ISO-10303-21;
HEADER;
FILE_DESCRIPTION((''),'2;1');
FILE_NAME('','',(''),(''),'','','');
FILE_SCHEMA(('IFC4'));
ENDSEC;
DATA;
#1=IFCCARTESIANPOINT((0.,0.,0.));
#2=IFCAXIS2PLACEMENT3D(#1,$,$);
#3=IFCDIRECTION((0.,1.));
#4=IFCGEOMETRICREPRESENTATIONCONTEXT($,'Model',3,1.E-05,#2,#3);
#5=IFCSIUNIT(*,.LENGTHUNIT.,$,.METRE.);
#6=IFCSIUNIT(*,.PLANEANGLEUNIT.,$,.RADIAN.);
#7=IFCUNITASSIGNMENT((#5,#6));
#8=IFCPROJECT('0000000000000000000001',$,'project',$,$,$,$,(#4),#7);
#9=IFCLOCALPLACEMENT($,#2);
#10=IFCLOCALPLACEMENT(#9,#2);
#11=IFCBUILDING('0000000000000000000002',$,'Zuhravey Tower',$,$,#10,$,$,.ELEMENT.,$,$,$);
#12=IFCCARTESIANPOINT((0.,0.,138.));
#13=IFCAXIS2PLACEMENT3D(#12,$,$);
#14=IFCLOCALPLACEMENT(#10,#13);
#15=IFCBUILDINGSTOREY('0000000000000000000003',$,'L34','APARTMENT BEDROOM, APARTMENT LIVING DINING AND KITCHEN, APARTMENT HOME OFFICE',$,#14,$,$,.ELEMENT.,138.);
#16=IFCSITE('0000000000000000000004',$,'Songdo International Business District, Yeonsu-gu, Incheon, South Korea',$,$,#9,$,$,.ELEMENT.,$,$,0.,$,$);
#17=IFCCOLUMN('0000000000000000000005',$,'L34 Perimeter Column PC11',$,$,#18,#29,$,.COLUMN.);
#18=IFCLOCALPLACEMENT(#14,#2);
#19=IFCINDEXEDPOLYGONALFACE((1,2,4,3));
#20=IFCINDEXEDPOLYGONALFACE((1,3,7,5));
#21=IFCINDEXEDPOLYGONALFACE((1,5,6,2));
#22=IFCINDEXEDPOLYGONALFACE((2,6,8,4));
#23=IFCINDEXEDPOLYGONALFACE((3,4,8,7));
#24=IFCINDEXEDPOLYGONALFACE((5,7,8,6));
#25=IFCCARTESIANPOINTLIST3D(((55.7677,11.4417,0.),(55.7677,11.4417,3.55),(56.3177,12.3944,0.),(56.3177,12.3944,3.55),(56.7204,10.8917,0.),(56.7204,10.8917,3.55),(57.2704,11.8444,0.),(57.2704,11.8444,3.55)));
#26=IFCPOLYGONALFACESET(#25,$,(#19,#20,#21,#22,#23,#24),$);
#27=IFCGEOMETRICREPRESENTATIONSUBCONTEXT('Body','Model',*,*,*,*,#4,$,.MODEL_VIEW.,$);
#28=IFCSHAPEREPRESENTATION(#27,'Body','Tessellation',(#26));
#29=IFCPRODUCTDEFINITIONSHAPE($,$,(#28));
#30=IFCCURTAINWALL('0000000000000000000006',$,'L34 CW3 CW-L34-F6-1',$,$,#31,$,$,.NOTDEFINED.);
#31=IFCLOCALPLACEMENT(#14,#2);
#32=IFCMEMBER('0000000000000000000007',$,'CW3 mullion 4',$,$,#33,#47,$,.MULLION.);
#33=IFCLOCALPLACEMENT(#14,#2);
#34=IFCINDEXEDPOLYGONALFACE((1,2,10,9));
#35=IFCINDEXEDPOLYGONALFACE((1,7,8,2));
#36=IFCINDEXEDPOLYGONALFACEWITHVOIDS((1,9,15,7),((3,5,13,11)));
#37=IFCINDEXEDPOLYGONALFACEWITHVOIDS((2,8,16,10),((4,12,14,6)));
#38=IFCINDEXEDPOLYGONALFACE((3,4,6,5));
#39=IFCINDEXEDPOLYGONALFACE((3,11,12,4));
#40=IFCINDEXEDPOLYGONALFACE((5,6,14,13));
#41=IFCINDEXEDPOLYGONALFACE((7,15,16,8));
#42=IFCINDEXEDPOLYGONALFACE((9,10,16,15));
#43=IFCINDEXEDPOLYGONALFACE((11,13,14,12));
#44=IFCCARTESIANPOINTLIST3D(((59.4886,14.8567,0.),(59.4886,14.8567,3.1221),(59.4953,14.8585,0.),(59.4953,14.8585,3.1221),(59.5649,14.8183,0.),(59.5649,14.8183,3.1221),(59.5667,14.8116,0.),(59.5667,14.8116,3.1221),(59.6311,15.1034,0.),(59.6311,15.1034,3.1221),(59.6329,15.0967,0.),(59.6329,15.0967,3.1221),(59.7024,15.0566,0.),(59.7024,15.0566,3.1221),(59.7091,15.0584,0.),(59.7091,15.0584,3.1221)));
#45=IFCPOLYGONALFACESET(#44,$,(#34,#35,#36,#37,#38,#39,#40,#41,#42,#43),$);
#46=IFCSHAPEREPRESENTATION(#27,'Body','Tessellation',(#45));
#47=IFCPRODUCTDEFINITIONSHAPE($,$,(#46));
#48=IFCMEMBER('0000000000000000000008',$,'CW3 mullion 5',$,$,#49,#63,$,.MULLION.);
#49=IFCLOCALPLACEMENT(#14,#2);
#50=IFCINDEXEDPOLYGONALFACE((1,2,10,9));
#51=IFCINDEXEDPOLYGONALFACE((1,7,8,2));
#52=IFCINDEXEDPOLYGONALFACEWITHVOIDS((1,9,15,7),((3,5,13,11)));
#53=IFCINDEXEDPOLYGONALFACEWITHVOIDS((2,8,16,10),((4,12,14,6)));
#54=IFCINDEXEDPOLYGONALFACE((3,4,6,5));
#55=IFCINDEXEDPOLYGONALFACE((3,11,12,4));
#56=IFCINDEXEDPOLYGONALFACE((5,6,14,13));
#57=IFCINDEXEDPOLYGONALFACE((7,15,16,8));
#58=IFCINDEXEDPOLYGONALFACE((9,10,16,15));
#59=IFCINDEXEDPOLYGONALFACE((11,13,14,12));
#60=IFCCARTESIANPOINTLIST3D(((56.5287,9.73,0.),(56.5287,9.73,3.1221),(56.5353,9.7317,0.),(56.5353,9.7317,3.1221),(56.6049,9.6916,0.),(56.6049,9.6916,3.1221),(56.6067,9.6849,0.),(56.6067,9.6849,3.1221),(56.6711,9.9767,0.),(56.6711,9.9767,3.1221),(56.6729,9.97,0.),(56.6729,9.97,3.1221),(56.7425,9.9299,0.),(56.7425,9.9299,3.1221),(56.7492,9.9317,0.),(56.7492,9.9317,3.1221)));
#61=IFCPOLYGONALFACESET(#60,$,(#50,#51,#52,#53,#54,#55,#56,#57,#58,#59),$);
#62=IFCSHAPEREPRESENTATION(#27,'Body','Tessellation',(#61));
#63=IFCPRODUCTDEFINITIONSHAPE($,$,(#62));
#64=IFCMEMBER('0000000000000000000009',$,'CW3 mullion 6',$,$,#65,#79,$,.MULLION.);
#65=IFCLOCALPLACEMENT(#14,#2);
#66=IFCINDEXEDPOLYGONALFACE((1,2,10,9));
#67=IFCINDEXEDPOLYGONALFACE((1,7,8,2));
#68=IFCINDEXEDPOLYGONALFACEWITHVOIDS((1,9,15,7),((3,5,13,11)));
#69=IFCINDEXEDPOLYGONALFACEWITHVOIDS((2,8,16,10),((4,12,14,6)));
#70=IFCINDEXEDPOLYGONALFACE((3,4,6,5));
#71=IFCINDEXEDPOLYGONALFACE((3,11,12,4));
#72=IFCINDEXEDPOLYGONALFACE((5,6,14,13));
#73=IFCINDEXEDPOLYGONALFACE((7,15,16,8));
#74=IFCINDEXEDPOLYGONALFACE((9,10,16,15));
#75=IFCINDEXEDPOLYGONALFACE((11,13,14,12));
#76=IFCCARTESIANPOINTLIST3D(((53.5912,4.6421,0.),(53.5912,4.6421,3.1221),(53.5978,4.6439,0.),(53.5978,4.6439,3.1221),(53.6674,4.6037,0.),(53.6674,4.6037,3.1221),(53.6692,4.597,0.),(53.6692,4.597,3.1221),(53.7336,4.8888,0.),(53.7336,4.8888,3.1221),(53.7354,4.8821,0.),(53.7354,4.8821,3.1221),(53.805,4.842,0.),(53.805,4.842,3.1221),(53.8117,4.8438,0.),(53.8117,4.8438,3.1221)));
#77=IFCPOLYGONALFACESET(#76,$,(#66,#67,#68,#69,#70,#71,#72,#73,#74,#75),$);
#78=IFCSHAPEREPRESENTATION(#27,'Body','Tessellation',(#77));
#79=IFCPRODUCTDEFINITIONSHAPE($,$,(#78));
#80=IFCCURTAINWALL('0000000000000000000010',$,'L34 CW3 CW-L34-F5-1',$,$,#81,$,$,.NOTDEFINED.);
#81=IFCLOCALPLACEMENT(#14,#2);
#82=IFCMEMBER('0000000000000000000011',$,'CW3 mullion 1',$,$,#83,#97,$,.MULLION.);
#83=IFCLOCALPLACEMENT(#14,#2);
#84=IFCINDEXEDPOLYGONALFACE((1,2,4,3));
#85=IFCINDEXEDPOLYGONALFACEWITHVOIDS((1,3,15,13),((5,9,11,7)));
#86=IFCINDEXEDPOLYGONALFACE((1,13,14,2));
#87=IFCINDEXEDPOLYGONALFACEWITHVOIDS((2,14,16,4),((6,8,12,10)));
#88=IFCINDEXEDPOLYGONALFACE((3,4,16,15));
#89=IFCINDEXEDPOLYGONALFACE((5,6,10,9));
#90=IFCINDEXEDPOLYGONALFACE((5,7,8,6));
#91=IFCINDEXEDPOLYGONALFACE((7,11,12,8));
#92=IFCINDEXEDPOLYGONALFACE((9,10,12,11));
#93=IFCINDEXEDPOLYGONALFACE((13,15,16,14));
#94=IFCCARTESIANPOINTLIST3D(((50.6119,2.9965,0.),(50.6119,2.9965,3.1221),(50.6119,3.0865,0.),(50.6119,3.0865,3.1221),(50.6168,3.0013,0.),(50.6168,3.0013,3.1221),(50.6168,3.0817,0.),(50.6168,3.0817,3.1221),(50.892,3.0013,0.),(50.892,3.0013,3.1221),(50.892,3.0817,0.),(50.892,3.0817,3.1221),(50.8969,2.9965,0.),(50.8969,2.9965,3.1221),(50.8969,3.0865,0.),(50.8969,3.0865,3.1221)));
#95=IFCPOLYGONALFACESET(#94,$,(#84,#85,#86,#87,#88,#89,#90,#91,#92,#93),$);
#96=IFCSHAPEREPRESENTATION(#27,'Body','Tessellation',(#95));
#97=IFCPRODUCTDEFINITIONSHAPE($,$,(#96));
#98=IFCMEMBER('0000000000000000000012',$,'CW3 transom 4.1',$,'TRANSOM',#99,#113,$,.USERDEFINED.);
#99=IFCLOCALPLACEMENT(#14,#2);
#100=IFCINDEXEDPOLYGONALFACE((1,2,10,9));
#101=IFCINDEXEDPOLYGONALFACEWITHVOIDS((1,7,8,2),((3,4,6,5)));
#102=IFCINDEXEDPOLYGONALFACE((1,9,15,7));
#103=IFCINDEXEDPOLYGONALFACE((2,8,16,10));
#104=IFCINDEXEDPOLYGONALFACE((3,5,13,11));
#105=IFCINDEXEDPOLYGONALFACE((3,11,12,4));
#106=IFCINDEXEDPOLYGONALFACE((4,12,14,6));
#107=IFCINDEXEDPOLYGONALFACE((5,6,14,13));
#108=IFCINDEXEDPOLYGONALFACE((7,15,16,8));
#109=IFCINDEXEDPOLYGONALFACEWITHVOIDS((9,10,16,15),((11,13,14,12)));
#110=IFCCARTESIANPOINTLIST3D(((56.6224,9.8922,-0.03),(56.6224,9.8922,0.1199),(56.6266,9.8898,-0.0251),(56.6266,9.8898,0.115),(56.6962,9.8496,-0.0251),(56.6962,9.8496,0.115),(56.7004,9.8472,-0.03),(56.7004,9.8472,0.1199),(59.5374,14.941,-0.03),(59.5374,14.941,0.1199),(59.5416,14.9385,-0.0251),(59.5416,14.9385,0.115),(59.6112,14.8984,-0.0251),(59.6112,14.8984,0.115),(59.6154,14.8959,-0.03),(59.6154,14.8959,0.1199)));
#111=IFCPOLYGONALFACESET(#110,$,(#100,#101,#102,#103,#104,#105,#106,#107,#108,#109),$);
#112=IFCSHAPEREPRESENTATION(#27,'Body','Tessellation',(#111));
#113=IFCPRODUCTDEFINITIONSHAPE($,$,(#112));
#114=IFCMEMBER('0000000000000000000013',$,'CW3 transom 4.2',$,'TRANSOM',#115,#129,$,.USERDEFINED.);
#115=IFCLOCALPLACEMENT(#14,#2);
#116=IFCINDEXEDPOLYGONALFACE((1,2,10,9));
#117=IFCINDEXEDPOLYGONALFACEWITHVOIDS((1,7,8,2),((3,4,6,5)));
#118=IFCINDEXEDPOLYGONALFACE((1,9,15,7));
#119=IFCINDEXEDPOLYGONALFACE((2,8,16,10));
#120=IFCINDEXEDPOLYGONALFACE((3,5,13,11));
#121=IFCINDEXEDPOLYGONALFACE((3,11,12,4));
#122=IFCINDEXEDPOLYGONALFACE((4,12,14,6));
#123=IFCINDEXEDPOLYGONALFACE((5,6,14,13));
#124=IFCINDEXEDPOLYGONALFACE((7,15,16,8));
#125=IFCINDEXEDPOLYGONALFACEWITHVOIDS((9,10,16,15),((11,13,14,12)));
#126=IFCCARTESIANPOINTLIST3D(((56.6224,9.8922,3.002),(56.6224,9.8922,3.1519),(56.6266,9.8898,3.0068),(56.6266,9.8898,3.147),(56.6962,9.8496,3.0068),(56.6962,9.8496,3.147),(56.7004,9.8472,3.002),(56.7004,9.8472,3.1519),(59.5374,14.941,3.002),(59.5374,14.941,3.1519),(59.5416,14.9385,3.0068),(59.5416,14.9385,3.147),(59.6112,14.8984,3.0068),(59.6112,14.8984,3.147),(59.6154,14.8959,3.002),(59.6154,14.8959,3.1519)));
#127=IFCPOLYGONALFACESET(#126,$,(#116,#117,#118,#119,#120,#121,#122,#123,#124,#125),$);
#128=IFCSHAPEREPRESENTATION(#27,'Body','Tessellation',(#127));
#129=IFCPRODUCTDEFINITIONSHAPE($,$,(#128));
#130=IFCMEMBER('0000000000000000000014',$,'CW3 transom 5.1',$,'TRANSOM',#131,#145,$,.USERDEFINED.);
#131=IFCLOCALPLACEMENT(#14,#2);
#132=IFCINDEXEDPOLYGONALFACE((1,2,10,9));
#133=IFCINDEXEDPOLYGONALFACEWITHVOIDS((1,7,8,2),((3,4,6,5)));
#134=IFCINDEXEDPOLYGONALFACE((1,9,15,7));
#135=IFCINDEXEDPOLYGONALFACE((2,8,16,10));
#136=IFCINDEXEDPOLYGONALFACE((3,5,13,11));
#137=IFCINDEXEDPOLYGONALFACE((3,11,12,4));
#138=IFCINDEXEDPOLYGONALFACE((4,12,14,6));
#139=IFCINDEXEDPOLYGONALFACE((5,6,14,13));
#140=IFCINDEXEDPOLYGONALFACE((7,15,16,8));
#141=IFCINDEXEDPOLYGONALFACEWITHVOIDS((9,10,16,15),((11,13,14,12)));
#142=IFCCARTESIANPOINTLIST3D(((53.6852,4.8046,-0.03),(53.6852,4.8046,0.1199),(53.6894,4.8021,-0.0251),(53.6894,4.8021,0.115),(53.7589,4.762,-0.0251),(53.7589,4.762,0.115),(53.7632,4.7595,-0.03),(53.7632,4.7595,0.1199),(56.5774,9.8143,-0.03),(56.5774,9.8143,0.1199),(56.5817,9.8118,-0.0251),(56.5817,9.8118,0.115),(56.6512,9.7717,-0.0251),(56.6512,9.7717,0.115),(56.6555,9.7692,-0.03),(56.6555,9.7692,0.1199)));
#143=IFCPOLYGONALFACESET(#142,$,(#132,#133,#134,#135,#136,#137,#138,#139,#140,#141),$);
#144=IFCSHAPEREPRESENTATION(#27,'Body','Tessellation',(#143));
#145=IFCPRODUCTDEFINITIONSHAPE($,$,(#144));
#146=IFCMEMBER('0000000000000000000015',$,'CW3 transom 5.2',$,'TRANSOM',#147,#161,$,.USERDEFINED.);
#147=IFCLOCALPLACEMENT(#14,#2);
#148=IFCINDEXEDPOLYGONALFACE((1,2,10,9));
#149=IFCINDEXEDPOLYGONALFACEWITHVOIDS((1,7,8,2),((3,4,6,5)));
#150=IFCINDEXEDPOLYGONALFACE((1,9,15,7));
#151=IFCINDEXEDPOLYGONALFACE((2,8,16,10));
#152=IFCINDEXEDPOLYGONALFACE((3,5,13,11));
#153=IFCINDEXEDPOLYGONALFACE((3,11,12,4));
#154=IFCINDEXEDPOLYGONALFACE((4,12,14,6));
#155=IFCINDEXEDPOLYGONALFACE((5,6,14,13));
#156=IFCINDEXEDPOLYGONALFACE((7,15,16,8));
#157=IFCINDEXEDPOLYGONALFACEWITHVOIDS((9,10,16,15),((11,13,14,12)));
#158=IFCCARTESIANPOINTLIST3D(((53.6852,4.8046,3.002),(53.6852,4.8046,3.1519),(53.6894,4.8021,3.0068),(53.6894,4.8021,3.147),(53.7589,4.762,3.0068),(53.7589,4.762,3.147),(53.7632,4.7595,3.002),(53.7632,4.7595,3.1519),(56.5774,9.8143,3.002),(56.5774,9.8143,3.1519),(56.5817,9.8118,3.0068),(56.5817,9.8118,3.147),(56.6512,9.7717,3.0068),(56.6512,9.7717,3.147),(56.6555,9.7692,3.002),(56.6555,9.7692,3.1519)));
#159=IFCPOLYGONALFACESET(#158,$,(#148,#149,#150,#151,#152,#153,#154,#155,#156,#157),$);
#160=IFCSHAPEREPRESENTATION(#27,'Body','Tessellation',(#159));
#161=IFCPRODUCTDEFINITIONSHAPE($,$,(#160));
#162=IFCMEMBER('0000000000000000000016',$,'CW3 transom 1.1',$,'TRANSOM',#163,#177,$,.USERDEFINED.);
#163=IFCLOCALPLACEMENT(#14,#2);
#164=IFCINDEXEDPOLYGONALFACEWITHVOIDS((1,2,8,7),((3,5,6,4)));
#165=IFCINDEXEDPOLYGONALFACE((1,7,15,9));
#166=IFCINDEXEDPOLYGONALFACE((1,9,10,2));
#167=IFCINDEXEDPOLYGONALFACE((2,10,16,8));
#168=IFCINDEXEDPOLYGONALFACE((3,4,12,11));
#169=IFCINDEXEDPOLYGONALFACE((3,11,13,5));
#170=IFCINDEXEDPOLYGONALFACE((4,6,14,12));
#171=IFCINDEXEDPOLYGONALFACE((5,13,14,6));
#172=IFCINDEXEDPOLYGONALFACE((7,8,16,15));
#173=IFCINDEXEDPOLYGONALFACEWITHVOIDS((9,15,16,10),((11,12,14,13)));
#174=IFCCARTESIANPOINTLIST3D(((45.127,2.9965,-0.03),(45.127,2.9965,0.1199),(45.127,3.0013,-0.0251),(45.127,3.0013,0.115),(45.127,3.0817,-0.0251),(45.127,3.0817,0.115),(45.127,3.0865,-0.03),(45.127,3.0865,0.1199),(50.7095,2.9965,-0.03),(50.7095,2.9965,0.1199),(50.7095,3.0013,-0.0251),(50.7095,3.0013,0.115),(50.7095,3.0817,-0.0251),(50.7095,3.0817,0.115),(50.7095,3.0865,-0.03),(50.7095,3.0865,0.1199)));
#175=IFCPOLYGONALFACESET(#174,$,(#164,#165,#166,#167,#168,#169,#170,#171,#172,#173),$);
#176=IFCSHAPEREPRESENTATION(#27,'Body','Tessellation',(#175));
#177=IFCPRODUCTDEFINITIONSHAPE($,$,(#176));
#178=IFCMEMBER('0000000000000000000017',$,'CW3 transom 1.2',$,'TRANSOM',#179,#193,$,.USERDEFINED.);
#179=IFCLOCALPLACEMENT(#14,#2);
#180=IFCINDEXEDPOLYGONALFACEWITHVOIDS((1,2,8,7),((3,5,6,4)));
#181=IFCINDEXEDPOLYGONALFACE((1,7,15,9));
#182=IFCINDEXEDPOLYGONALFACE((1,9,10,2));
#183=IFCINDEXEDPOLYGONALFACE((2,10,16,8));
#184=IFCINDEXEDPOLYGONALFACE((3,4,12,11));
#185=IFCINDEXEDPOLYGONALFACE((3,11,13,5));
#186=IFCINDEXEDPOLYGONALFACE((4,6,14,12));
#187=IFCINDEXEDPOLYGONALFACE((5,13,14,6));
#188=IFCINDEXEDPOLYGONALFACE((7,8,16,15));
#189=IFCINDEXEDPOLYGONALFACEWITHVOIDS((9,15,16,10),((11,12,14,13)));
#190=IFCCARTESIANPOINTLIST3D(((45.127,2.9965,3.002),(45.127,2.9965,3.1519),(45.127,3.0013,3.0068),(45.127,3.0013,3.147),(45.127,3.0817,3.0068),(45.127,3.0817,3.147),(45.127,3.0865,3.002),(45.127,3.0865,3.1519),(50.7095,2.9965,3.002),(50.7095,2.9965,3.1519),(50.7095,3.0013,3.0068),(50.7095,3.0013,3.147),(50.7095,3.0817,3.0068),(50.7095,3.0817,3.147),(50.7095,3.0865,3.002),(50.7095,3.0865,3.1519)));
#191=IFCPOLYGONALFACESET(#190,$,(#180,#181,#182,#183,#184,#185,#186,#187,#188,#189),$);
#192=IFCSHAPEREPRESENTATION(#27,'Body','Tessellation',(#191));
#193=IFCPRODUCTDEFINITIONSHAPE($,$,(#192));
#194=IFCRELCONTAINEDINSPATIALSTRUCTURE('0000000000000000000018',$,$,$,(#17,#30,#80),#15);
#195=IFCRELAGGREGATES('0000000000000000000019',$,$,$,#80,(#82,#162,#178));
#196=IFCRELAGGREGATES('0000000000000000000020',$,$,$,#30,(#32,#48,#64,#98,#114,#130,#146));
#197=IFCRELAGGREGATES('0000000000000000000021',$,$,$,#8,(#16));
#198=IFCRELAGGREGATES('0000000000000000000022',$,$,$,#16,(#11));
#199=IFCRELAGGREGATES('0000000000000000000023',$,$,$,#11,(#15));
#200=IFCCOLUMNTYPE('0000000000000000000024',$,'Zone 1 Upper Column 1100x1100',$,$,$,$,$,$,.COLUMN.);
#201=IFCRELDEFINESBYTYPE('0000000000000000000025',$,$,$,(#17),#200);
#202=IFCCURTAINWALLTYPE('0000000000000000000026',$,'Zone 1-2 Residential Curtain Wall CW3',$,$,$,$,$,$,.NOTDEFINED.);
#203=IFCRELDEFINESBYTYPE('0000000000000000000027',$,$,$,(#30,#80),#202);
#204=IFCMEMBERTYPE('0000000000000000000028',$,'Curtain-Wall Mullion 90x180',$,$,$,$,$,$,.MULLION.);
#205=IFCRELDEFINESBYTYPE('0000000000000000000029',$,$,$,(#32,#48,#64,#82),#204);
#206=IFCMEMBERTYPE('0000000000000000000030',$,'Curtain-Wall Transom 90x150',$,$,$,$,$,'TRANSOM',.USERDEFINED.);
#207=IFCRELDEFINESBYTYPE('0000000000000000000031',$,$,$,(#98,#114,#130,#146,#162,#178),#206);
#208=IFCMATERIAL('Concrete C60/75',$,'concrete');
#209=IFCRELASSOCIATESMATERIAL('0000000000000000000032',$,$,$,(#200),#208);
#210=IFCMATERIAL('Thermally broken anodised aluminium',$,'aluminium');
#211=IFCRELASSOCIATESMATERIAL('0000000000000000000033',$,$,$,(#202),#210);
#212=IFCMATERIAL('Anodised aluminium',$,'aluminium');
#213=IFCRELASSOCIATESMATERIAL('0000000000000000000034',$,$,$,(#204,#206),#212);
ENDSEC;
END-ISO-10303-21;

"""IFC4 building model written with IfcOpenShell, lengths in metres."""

from ifc_helpers import new_model, si_unit, direction, frame, origin, origin_2d, place, context, subcontext, project, spatial, rectangle, hollow_rectangle, extrude, material, material_profile, profile_set, type_object, element, aggregate, save


model = new_model("IFC4")

# Units and contexts
model_context = context("Model", 3, precision=1e-05, world=origin(), true_north=direction((0.0, 1.0)))
body_context = subcontext(model_context, "Body", "Model", "MODEL_VIEW")
ifc_project = project(units=[si_unit("LENGTHUNIT", "METRE"), si_unit("PLANEANGLEUNIT", "RADIAN")], contexts=[model_context])

# Site, building, storey
site_placement = place(None, origin())
site = spatial("IfcSite", under=ifc_project, at=site_placement, Name="Songdo International Business District, Yeonsu-gu, Incheon, South Korea", CompositionType="ELEMENT", RefElevation=0.0)
building_placement = place(site_placement, origin())
building = spatial("IfcBuilding", under=site, at=building_placement, Name="Zuhravey Tower", CompositionType="ELEMENT")
storey_placement = place(building_placement, frame((0.0, 0.0, 138.0)))
storey = spatial("IfcBuildingStorey", under=building, at=storey_placement, Name="L34", Description="APARTMENT BEDROOM, APARTMENT LIVING DINING AND KITCHEN, APARTMENT HOME OFFICE", CompositionType="ELEMENT", Elevation=138.0)

# Column
ifc_material_1 = material(Name="Concrete C60/75", Category="concrete")
ifc_material_profile_1 = material_profile(ifc_material_1, rectangle(XDim=1.1001, YDim=1.1001, at=origin_2d()), Name="RC-1100x1100")
ifc_profile_set_1 = profile_set([ifc_material_profile_1], Name="Concrete C60/75")
column_type = type_object("IfcColumnType", Name="Zone 1 Upper Column 1100x1100", PredefinedType="COLUMN", material=ifc_profile_set_1)
column_placement = place(storey_placement, frame((56.519, 11.6431, 0.0), z_axis=(0.0, 0.0, 1.0), x_axis=(0.5, 0.866025, 0.0)))
element("IfcColumn", 1, at=column_placement, inside=storey, type_object=column_type, Name="L34 Perimeter Column PC11", PredefinedType="COLUMN", context=body_context, shape_type="SweptSolid", body=[
    extrude(rectangle(XDim=1.1001, YDim=1.1001, at=origin_2d()), origin(), (0.0, 0.0, 1.0), 3.55),
])

# Curtain wall, members
ifc_material_2 = material(Name="Thermally broken anodised aluminium", Category="aluminium")
curtain_wall_type = type_object("IfcCurtainWallType", Name="Zone 1-2 Residential Curtain Wall CW3", PredefinedType="NOTDEFINED", material=ifc_material_2)
curtain_wall_1_placement = place(storey_placement, origin())
curtain_wall_1 = element("IfcCurtainWall", 2, at=curtain_wall_1_placement, inside=storey, type_object=curtain_wall_type, Name="L34 CW3 CW-L34-F6-1", PredefinedType="NOTDEFINED")
ifc_material_3 = material(Name="Anodised aluminium", Category="aluminium")
ifc_material_profile_2 = material_profile(ifc_material_3, hollow_rectangle(XDim=0.0901, YDim=0.2849, WallThickness=0.0049, at=origin_2d()), Name="ALU-RHS-90x285x5")
ifc_profile_set_2 = profile_set([ifc_material_profile_2], Name="Anodised aluminium")
member_type_1 = type_object("IfcMemberType", Name="Curtain-Wall Mullion 90x180", PredefinedType="MULLION", material=ifc_profile_set_2)
member_1_placement = place(storey_placement, frame((59.5989, 14.9575, 0.0), z_axis=(0.0, 0.0, 1.0), x_axis=(0.866026, -0.5, 0.0)))
member_1 = element("IfcMember", 3, at=member_1_placement, type_object=member_type_1, Name="CW3 mullion 4", PredefinedType="MULLION", context=body_context, shape_type="SweptSolid", body=[
    extrude(hollow_rectangle(XDim=0.0901, YDim=0.2849, WallThickness=0.0049, at=origin_2d()), origin(), (0.0, 0.0, 1.0), 3.1221),
])
member_2_placement = place(storey_placement, frame((56.6389, 9.8308, 0.0), z_axis=(0.0, 0.0, 1.0), x_axis=(0.866026, -0.5, 0.0)))
member_2 = element("IfcMember", 4, at=member_2_placement, type_object=member_type_1, Name="CW3 mullion 5", PredefinedType="MULLION", context=body_context, shape_type="SweptSolid", body=[
    extrude(hollow_rectangle(XDim=0.0901, YDim=0.2849, WallThickness=0.0049, at=origin_2d()), origin(), (0.0, 0.0, 1.0), 3.1221),
])
member_3_placement = place(storey_placement, frame((53.7014, 4.7429, 0.0), z_axis=(0.0, 0.0, 1.0), x_axis=(0.866026, -0.5, 0.0)))
member_3 = element("IfcMember", 5, at=member_3_placement, type_object=member_type_1, Name="CW3 mullion 6", PredefinedType="MULLION", context=body_context, shape_type="SweptSolid", body=[
    extrude(hollow_rectangle(XDim=0.0901, YDim=0.2849, WallThickness=0.0049, at=origin_2d()), origin(), (0.0, 0.0, 1.0), 3.1221),
])

# Curtain wall, member
curtain_wall_2_placement = place(storey_placement, origin())
curtain_wall_2 = element("IfcCurtainWall", 6, at=curtain_wall_2_placement, inside=storey, type_object=curtain_wall_type, Name="L34 CW3 CW-L34-F5-1", PredefinedType="NOTDEFINED")
member_4_placement = place(storey_placement, frame((50.7544, 3.0415, 0.0), z_axis=(0.0, 0.0, 1.0), x_axis=(0.0, -1.0, 0.0)))
member_4 = element("IfcMember", 7, at=member_4_placement, type_object=member_type_1, Name="CW3 mullion 1", PredefinedType="MULLION", context=body_context, shape_type="SweptSolid", body=[
    extrude(hollow_rectangle(XDim=0.0901, YDim=0.2849, WallThickness=0.0049, at=origin_2d()), origin(), (0.0, 0.0, 1.0), 3.1221),
])

# Members
ifc_material_profile_3 = material_profile(ifc_material_3, hollow_rectangle(XDim=0.0901, YDim=0.1499, WallThickness=0.0049, at=origin_2d()), Name="ALU-RHS-90x150x5")
ifc_profile_set_3 = profile_set([ifc_material_profile_3], Name="Anodised aluminium")
member_type_2 = type_object("IfcMemberType", Name="Curtain-Wall Transom 90x150", ElementType="TRANSOM", PredefinedType="USERDEFINED", material=ifc_profile_set_3)
member_5_placement = place(storey_placement, frame((59.5764, 14.9185, 0.0449), z_axis=(-0.500012, -0.866018, 0.0), x_axis=(0.866018, -0.500012, 0.0)))
member_5 = element("IfcMember", 8, at=member_5_placement, type_object=member_type_2, Name="CW3 transom 4.1", ObjectType="TRANSOM", PredefinedType="USERDEFINED", context=body_context, shape_type="SweptSolid", body=[
    extrude(hollow_rectangle(XDim=0.0901, YDim=0.1499, WallThickness=0.0049, at=origin_2d()), origin(), (0.0, 0.0, 1.0), 5.8298),
])
member_6_placement = place(storey_placement, frame((59.5764, 14.9185, 3.0769), z_axis=(-0.500012, -0.866018, 0.0), x_axis=(0.866018, -0.500012, 0.0)))
member_6 = element("IfcMember", 9, at=member_6_placement, type_object=member_type_2, Name="CW3 transom 4.2", ObjectType="TRANSOM", PredefinedType="USERDEFINED", context=body_context, shape_type="SweptSolid", body=[
    extrude(hollow_rectangle(XDim=0.0901, YDim=0.1499, WallThickness=0.0049, at=origin_2d()), origin(), (0.0, 0.0, 1.0), 5.8298),
])
member_7_placement = place(storey_placement, frame((56.6165, 9.7917, 0.0449), z_axis=(-0.499993, -0.86603, 0.0), x_axis=(0.86603, -0.499993, 0.0)))
member_7 = element("IfcMember", 10, at=member_7_placement, type_object=member_type_2, Name="CW3 transom 5.1", ObjectType="TRANSOM", PredefinedType="USERDEFINED", context=body_context, shape_type="SweptSolid", body=[
    extrude(hollow_rectangle(XDim=0.0901, YDim=0.1499, WallThickness=0.0049, at=origin_2d()), origin(), (0.0, 0.0, 1.0), 5.7847),
])
member_8_placement = place(storey_placement, frame((56.6165, 9.7917, 3.0769), z_axis=(-0.499993, -0.86603, 0.0), x_axis=(0.86603, -0.499993, 0.0)))
member_8 = element("IfcMember", 11, at=member_8_placement, type_object=member_type_2, Name="CW3 transom 5.2", ObjectType="TRANSOM", PredefinedType="USERDEFINED", context=body_context, shape_type="SweptSolid", body=[
    extrude(hollow_rectangle(XDim=0.0901, YDim=0.1499, WallThickness=0.0049, at=origin_2d()), origin(), (0.0, 0.0, 1.0), 5.7847),
])
member_9_placement = place(storey_placement, frame((50.7095, 3.0415, 0.0449), z_axis=(-1.0, 0.0, 0.0), x_axis=(0.0, -1.0, 0.0)))
member_9 = element("IfcMember", 12, at=member_9_placement, type_object=member_type_2, Name="CW3 transom 1.1", ObjectType="TRANSOM", PredefinedType="USERDEFINED", context=body_context, shape_type="SweptSolid", body=[
    extrude(hollow_rectangle(XDim=0.0901, YDim=0.1499, WallThickness=0.0049, at=origin_2d()), origin(), (0.0, 0.0, 1.0), 5.5825),
])
member_10_placement = place(storey_placement, frame((50.7095, 3.0415, 3.0769), z_axis=(-1.0, 0.0, 0.0), x_axis=(0.0, -1.0, 0.0)))
member_10 = element("IfcMember", 13, at=member_10_placement, type_object=member_type_2, Name="CW3 transom 1.2", ObjectType="TRANSOM", PredefinedType="USERDEFINED", context=body_context, shape_type="SweptSolid", body=[
    extrude(hollow_rectangle(XDim=0.0901, YDim=0.1499, WallThickness=0.0049, at=origin_2d()), origin(), (0.0, 0.0, 1.0), 5.5825),
])
aggregate(curtain_wall_2, [member_4, member_9, member_10])

aggregate(curtain_wall_1, [member_1, member_2, member_3, member_5, member_6, member_7, member_8])

save(model, "model.ifc")
